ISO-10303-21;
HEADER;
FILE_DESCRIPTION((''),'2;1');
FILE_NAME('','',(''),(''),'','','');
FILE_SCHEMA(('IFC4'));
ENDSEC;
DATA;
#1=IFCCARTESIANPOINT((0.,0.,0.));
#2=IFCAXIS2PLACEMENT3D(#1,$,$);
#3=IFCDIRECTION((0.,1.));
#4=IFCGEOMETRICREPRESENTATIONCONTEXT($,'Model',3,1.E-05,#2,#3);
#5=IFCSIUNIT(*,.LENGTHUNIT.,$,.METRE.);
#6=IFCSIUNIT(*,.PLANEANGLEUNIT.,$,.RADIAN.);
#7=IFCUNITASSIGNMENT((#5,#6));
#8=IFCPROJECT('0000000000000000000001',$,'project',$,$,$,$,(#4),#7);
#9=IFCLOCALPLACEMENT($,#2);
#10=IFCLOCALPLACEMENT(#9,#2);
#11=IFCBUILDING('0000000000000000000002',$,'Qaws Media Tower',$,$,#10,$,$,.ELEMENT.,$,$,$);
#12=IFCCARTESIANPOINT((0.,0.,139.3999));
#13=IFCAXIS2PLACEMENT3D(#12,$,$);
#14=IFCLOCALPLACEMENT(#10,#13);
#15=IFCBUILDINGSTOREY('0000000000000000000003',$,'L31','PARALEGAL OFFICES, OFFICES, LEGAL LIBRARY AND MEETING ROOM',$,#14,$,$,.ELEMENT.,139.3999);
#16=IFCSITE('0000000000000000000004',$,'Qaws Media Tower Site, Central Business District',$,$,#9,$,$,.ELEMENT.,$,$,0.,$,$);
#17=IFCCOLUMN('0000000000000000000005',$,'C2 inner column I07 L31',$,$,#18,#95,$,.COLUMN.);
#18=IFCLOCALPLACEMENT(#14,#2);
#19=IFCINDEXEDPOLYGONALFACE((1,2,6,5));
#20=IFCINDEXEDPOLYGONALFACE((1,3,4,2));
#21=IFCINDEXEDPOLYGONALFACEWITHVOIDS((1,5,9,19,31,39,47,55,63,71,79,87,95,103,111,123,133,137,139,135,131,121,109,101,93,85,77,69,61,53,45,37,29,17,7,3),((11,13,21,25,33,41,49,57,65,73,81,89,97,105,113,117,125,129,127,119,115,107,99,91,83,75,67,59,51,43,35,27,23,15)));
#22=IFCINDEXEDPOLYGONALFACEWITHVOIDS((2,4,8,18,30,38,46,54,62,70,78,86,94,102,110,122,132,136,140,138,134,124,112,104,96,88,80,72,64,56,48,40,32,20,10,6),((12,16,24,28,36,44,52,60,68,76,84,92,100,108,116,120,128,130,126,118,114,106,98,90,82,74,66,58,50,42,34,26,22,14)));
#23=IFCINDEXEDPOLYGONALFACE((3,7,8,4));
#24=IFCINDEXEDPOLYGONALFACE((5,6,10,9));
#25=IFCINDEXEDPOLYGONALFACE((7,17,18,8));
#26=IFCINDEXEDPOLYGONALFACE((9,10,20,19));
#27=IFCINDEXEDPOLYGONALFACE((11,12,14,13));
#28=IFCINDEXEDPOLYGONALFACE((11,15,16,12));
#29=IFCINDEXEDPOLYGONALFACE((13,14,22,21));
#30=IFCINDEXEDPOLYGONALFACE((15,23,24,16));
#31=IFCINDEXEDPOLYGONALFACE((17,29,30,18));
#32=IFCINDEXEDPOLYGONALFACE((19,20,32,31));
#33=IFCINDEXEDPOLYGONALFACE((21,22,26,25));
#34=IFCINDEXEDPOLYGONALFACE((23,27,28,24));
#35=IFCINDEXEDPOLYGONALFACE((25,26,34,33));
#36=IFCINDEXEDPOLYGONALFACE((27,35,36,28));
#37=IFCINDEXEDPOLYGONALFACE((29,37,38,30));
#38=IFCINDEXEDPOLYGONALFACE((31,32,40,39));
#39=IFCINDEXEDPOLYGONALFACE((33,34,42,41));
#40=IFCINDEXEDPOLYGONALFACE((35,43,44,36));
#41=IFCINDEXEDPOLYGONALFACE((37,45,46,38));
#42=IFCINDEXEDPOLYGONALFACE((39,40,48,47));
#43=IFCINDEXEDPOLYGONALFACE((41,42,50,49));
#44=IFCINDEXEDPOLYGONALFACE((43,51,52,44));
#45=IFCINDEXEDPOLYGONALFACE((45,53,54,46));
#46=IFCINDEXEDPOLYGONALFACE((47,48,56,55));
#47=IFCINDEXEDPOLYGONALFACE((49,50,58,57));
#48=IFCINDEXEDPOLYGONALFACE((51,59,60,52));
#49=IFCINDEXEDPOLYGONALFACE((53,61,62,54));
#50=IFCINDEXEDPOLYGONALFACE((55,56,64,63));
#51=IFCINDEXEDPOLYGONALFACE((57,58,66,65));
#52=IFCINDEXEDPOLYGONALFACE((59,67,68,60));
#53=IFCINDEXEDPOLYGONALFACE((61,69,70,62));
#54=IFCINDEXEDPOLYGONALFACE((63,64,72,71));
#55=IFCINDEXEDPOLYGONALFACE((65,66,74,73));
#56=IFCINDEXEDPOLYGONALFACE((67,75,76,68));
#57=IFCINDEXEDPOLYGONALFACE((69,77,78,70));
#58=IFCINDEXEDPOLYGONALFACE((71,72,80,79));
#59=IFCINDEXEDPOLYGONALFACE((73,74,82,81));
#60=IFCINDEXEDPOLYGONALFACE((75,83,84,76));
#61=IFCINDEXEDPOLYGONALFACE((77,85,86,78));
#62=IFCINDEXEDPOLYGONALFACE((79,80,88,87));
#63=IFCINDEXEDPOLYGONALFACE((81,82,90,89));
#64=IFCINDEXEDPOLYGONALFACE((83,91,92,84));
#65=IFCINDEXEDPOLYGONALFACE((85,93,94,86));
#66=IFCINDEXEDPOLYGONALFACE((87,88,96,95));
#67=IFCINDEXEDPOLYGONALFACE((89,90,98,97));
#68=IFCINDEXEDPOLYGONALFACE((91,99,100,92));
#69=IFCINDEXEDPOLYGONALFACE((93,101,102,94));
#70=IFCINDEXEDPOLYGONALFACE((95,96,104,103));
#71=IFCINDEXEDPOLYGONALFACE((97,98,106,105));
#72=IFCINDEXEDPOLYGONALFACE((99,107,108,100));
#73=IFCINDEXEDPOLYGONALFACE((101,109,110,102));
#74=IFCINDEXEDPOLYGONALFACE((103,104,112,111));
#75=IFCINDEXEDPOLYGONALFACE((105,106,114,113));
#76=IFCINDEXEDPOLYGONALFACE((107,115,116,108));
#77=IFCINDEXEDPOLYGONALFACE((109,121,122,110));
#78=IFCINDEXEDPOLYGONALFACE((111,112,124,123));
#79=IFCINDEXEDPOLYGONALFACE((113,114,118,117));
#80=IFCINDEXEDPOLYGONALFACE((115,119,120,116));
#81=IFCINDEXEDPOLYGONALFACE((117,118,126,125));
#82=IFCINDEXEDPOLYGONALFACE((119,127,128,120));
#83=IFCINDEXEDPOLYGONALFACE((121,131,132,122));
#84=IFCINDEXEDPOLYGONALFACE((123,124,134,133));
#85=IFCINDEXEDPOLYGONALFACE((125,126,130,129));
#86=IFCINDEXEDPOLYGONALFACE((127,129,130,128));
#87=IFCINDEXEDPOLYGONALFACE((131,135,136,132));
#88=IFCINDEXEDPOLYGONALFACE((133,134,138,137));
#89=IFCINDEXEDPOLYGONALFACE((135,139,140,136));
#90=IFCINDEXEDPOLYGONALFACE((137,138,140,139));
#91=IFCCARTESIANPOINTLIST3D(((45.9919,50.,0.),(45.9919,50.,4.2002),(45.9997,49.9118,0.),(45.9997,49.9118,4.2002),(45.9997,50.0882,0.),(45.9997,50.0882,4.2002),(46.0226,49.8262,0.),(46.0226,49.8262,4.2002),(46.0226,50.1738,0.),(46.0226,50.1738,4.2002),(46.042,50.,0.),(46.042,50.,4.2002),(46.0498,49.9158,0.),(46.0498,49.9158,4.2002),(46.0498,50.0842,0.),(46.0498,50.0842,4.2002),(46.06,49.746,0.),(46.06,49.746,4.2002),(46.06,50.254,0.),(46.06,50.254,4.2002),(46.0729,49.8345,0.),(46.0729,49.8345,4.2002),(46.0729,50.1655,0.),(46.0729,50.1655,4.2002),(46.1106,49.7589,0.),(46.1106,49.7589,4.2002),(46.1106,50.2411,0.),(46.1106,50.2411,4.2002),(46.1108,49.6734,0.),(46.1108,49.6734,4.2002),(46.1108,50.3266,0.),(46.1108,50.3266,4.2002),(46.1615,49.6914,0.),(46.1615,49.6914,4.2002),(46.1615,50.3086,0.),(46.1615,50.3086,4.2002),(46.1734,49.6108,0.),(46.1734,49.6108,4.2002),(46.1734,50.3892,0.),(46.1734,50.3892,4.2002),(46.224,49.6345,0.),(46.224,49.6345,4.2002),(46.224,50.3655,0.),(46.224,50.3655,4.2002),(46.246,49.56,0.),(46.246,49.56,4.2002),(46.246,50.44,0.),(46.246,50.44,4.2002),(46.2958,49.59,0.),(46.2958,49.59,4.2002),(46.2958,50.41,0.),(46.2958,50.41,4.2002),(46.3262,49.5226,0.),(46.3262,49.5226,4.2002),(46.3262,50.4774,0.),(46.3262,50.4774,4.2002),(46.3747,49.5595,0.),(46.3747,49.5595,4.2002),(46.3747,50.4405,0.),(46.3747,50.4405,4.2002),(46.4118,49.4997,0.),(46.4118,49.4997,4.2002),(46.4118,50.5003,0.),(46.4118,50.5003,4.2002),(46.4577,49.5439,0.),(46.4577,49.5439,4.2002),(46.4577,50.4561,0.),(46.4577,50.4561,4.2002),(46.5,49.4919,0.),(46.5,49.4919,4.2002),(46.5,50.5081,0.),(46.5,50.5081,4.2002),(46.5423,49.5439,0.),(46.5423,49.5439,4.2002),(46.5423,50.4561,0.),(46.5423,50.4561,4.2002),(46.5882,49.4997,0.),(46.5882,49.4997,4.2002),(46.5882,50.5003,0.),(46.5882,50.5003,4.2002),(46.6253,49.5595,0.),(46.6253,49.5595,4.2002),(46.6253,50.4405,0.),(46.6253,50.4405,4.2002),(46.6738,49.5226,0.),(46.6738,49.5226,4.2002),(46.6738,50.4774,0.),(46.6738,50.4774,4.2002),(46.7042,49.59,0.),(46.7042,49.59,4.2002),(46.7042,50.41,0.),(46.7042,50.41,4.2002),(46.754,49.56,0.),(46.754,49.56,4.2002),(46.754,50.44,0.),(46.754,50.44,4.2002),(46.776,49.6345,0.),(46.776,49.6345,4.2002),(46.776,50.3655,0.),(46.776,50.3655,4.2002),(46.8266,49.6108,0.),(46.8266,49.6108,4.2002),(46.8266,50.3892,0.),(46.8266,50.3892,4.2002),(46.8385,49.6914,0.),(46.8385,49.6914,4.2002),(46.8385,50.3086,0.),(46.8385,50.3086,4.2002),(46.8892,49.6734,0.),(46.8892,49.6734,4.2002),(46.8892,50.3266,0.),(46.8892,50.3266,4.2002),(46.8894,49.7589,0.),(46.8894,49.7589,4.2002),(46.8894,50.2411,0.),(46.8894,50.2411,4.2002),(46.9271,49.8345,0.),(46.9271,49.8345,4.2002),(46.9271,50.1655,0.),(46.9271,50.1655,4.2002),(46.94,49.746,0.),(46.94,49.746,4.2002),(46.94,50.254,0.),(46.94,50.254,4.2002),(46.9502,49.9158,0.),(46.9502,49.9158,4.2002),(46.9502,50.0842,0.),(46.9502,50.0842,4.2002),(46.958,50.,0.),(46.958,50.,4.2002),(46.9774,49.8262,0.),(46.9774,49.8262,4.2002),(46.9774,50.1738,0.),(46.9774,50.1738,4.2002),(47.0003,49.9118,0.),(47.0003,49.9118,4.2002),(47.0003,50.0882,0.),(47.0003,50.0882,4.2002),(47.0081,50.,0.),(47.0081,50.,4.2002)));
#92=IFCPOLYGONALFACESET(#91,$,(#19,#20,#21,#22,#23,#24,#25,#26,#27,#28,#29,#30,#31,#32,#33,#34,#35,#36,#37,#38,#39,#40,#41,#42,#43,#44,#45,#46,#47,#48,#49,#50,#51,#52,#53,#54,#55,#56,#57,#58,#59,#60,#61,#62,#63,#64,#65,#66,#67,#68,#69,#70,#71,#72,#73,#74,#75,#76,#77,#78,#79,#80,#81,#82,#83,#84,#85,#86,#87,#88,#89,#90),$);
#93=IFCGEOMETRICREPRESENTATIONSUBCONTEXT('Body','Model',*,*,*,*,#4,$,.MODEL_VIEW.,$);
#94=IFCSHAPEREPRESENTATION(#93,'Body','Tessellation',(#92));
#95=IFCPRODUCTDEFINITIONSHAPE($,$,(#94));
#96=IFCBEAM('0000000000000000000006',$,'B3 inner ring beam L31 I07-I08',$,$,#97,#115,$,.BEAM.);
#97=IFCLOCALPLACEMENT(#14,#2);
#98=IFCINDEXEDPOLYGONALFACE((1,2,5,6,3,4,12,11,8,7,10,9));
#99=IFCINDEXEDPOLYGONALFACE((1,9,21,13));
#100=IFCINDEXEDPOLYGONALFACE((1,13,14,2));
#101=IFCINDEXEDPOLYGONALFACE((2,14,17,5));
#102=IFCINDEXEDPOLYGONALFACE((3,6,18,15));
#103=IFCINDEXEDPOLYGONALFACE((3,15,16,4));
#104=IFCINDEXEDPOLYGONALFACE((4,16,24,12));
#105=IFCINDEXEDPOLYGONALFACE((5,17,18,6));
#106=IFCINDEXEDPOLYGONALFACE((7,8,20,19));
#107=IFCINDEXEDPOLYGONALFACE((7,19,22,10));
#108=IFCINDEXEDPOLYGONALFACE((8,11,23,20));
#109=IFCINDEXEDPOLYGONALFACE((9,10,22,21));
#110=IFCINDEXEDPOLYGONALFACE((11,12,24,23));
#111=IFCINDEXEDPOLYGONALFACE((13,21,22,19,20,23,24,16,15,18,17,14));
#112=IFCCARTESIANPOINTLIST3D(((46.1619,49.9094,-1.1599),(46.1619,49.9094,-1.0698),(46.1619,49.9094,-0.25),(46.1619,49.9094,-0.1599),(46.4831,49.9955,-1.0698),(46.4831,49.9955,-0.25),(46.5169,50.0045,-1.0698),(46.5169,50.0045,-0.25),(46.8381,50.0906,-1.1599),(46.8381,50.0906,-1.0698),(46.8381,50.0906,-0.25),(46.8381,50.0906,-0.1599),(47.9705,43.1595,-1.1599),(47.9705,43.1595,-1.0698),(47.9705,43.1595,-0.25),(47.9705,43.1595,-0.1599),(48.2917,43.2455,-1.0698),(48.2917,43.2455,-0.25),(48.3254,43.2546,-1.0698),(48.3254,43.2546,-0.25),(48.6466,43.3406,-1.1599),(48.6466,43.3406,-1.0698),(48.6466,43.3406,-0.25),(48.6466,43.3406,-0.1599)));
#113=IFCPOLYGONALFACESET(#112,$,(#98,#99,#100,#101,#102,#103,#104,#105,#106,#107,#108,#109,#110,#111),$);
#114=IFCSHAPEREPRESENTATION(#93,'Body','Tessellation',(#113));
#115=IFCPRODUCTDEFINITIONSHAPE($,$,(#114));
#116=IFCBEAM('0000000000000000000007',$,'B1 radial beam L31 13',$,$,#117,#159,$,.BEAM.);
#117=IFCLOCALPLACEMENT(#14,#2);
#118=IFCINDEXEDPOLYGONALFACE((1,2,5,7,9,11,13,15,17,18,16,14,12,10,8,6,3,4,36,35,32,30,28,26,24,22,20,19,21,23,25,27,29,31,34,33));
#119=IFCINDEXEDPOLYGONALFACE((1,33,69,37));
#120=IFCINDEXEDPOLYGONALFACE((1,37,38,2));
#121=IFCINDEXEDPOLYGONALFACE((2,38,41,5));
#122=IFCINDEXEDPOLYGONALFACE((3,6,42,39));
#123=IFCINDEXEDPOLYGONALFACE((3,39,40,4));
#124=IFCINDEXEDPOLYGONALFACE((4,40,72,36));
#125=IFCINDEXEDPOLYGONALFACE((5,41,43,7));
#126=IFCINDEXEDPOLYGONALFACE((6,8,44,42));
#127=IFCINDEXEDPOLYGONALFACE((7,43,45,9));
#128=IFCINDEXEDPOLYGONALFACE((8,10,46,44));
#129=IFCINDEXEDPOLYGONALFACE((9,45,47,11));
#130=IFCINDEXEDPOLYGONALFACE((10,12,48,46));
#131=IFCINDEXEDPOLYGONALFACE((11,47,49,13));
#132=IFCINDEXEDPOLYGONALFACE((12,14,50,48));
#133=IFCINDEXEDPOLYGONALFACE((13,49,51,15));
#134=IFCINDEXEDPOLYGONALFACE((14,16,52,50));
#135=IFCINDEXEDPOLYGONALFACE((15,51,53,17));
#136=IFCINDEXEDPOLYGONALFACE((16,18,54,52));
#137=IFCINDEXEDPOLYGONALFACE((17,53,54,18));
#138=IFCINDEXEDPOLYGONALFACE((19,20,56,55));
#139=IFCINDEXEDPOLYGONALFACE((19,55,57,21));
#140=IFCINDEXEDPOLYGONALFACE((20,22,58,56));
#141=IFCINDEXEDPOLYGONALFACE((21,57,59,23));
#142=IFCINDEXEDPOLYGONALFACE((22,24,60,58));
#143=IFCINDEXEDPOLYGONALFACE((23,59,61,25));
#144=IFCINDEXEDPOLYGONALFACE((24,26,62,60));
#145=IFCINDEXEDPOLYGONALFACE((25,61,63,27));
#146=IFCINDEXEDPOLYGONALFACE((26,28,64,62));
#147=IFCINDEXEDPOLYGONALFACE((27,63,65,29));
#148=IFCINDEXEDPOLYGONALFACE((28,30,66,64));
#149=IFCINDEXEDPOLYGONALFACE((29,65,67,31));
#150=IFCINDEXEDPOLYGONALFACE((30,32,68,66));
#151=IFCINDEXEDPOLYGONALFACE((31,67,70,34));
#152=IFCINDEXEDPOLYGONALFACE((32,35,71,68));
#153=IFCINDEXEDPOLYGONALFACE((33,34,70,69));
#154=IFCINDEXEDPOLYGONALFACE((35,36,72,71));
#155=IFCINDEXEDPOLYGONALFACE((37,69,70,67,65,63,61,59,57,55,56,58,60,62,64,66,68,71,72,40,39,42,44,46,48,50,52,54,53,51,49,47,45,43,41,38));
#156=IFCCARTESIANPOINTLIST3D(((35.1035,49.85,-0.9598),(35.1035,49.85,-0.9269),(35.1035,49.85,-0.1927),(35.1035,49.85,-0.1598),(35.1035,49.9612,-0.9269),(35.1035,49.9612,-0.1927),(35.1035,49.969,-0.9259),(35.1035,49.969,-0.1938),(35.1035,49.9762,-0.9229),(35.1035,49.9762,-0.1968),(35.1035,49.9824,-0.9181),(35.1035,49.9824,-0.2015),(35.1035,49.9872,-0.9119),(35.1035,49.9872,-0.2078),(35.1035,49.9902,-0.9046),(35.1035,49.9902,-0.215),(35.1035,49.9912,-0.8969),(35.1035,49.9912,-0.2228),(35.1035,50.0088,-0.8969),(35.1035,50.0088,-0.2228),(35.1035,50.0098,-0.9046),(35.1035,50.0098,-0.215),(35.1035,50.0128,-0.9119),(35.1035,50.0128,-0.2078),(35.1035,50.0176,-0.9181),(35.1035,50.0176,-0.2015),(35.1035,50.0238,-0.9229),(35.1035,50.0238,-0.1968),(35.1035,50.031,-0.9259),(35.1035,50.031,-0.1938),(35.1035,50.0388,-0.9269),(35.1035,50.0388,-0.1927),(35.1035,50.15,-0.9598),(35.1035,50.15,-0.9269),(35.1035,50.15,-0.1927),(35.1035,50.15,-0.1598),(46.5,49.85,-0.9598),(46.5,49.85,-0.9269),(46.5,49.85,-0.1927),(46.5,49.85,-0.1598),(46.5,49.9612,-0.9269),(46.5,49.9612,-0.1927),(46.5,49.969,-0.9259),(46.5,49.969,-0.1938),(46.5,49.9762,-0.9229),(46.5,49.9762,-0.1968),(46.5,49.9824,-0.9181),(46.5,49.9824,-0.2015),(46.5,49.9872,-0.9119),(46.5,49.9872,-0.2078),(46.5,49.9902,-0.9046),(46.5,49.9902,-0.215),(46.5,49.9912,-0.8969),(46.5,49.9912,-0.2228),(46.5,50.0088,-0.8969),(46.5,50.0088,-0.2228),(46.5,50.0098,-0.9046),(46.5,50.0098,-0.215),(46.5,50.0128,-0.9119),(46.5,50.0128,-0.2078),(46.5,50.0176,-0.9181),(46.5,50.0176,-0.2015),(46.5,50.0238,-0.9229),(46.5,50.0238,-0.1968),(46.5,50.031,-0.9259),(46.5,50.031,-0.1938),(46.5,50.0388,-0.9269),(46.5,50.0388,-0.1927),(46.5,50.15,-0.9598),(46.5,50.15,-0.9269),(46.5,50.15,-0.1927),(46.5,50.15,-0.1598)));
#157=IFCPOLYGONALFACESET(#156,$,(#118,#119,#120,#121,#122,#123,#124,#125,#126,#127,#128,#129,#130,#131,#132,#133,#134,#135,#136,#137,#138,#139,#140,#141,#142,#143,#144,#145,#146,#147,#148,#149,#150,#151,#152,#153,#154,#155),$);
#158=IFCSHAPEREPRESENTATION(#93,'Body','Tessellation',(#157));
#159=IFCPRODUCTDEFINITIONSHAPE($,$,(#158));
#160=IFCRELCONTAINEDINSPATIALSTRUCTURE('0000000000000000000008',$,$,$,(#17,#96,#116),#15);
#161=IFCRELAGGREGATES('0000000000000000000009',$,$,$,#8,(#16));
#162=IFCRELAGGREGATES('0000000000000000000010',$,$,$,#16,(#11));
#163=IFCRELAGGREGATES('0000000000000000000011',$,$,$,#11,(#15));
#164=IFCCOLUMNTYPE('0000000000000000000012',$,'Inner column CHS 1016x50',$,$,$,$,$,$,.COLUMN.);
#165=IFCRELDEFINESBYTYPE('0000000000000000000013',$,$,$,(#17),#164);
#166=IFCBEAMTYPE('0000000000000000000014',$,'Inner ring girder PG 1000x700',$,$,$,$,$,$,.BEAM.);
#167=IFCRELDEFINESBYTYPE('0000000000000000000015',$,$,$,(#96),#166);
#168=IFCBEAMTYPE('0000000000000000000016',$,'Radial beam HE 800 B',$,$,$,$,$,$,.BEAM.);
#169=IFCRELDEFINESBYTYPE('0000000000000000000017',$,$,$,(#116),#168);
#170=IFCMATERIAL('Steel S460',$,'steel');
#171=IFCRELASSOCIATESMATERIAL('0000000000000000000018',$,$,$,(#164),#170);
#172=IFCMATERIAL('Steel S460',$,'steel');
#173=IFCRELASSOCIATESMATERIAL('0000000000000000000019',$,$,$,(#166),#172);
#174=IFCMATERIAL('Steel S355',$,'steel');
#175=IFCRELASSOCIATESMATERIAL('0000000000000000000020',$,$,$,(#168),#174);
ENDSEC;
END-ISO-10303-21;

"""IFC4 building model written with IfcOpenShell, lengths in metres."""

from ifc_helpers import new_model, si_unit, direction, frame, origin, origin_2d, place, context, subcontext, project, spatial, hollow_circle, i_section, extrude, material, material_profile, profile_set, type_object, element, save


model = new_model("IFC4")

# Units and contexts
model_context = context("Model", 3, precision=1e-05, world=origin(), true_north=direction((0.0, 1.0)))
body_context = subcontext(model_context, "Body", "Model", "MODEL_VIEW")
ifc_project = project(units=[si_unit("LENGTHUNIT", "METRE"), si_unit("PLANEANGLEUNIT", "RADIAN")], contexts=[model_context])

# Site, building, storey
site_placement = place(None, origin())
site = spatial("IfcSite", under=ifc_project, at=site_placement, Name="Qaws Media Tower Site, Central Business District", CompositionType="ELEMENT", RefElevation=0.0)
building_placement = place(site_placement, origin())
building = spatial("IfcBuilding", under=site, at=building_placement, Name="Qaws Media Tower", CompositionType="ELEMENT")
storey_placement = place(building_placement, frame((0.0, 0.0, 139.3999)))
storey = spatial("IfcBuildingStorey", under=building, at=storey_placement, Name="L31", Description="PARALEGAL OFFICES, OFFICES, LEGAL LIBRARY AND MEETING ROOM", CompositionType="ELEMENT", Elevation=139.3999)

# Column
ifc_material_1 = material(Name="Steel S460", Category="steel")
ifc_material_profile_1 = material_profile(ifc_material_1, hollow_circle(Radius=0.5081, WallThickness=0.05, at=origin_2d()), Name="CHS 1016x50")
ifc_profile_set_1 = profile_set([ifc_material_profile_1], Name="Steel S460")
column_type = type_object("IfcColumnType", Name="Inner column CHS 1016x50", PredefinedType="COLUMN", material=ifc_profile_set_1)
column_placement = place(storey_placement, frame((46.5, 50.0, 0.0), z_axis=(0.0, 0.0, 1.0), x_axis=(1.0, 0.0, 0.0)))
element("IfcColumn", 1, at=column_placement, inside=storey, type_object=column_type, Name="C2 inner column I07 L31", PredefinedType="COLUMN", context=body_context, shape_type="SweptSolid", body=[
    extrude(hollow_circle(Radius=0.5081, WallThickness=0.05, at=origin_2d()), origin(), (0.0, 0.0, 1.0), 4.2002),
])

# Beams
ifc_material_2 = material(Name="Steel S460", Category="steel")
ifc_material_profile_2 = material_profile(ifc_material_2, i_section(OverallWidth=0.7, OverallDepth=1.0, WebThickness=0.0349, FlangeThickness=0.0901, at=origin_2d()), Name="PG 1000x700")
ifc_profile_set_2 = profile_set([ifc_material_profile_2], Name="Steel S460")
beam_type_1 = type_object("IfcBeamType", Name="Inner ring girder PG 1000x700", PredefinedType="BEAM", material=ifc_profile_set_2)
beam_1_placement = place(storey_placement, frame((46.5, 50.0, -0.6599), z_axis=(0.258811, -0.965928, 0.0), x_axis=(0.965928, 0.258811, 0.0)))
element("IfcBeam", 2, at=beam_1_placement, inside=storey, type_object=beam_type_1, Name="B3 inner ring beam L31 I07-I08", PredefinedType="BEAM", context=body_context, shape_type="SweptSolid", body=[
    extrude(i_section(OverallWidth=0.7, OverallDepth=1.0, WebThickness=0.0349, FlangeThickness=0.0901, at=origin_2d()), origin(), (0.0, 0.0, 1.0), 6.988),
])
ifc_material_3 = material(Name="Steel S355", Category="steel")
ifc_material_profile_3 = material_profile(ifc_material_3, i_section(OverallWidth=0.3, OverallDepth=0.8, WebThickness=0.0176, FlangeThickness=0.033, FilletRadius=0.03, at=origin_2d()), Name="HE 800 B")
ifc_profile_set_3 = profile_set([ifc_material_profile_3], Name="Steel S355")
beam_type_2 = type_object("IfcBeamType", Name="Radial beam HE 800 B", PredefinedType="BEAM", material=ifc_profile_set_3)
beam_2_placement = place(storey_placement, frame((46.5, 50.0, -0.5598), z_axis=(-1.0, 0.0, 0.0), x_axis=(0.0, -1.0, 0.0)))
element("IfcBeam", 3, at=beam_2_placement, inside=storey, type_object=beam_type_2, Name="B1 radial beam L31 13", PredefinedType="BEAM", context=body_context, shape_type="SweptSolid", body=[
    extrude(i_section(OverallWidth=0.3, OverallDepth=0.8, WebThickness=0.0176, FlangeThickness=0.033, FilletRadius=0.03, at=origin_2d()), origin(), (0.0, 0.0, 1.0), 11.3965),
])

save(model, "model.ifc")
